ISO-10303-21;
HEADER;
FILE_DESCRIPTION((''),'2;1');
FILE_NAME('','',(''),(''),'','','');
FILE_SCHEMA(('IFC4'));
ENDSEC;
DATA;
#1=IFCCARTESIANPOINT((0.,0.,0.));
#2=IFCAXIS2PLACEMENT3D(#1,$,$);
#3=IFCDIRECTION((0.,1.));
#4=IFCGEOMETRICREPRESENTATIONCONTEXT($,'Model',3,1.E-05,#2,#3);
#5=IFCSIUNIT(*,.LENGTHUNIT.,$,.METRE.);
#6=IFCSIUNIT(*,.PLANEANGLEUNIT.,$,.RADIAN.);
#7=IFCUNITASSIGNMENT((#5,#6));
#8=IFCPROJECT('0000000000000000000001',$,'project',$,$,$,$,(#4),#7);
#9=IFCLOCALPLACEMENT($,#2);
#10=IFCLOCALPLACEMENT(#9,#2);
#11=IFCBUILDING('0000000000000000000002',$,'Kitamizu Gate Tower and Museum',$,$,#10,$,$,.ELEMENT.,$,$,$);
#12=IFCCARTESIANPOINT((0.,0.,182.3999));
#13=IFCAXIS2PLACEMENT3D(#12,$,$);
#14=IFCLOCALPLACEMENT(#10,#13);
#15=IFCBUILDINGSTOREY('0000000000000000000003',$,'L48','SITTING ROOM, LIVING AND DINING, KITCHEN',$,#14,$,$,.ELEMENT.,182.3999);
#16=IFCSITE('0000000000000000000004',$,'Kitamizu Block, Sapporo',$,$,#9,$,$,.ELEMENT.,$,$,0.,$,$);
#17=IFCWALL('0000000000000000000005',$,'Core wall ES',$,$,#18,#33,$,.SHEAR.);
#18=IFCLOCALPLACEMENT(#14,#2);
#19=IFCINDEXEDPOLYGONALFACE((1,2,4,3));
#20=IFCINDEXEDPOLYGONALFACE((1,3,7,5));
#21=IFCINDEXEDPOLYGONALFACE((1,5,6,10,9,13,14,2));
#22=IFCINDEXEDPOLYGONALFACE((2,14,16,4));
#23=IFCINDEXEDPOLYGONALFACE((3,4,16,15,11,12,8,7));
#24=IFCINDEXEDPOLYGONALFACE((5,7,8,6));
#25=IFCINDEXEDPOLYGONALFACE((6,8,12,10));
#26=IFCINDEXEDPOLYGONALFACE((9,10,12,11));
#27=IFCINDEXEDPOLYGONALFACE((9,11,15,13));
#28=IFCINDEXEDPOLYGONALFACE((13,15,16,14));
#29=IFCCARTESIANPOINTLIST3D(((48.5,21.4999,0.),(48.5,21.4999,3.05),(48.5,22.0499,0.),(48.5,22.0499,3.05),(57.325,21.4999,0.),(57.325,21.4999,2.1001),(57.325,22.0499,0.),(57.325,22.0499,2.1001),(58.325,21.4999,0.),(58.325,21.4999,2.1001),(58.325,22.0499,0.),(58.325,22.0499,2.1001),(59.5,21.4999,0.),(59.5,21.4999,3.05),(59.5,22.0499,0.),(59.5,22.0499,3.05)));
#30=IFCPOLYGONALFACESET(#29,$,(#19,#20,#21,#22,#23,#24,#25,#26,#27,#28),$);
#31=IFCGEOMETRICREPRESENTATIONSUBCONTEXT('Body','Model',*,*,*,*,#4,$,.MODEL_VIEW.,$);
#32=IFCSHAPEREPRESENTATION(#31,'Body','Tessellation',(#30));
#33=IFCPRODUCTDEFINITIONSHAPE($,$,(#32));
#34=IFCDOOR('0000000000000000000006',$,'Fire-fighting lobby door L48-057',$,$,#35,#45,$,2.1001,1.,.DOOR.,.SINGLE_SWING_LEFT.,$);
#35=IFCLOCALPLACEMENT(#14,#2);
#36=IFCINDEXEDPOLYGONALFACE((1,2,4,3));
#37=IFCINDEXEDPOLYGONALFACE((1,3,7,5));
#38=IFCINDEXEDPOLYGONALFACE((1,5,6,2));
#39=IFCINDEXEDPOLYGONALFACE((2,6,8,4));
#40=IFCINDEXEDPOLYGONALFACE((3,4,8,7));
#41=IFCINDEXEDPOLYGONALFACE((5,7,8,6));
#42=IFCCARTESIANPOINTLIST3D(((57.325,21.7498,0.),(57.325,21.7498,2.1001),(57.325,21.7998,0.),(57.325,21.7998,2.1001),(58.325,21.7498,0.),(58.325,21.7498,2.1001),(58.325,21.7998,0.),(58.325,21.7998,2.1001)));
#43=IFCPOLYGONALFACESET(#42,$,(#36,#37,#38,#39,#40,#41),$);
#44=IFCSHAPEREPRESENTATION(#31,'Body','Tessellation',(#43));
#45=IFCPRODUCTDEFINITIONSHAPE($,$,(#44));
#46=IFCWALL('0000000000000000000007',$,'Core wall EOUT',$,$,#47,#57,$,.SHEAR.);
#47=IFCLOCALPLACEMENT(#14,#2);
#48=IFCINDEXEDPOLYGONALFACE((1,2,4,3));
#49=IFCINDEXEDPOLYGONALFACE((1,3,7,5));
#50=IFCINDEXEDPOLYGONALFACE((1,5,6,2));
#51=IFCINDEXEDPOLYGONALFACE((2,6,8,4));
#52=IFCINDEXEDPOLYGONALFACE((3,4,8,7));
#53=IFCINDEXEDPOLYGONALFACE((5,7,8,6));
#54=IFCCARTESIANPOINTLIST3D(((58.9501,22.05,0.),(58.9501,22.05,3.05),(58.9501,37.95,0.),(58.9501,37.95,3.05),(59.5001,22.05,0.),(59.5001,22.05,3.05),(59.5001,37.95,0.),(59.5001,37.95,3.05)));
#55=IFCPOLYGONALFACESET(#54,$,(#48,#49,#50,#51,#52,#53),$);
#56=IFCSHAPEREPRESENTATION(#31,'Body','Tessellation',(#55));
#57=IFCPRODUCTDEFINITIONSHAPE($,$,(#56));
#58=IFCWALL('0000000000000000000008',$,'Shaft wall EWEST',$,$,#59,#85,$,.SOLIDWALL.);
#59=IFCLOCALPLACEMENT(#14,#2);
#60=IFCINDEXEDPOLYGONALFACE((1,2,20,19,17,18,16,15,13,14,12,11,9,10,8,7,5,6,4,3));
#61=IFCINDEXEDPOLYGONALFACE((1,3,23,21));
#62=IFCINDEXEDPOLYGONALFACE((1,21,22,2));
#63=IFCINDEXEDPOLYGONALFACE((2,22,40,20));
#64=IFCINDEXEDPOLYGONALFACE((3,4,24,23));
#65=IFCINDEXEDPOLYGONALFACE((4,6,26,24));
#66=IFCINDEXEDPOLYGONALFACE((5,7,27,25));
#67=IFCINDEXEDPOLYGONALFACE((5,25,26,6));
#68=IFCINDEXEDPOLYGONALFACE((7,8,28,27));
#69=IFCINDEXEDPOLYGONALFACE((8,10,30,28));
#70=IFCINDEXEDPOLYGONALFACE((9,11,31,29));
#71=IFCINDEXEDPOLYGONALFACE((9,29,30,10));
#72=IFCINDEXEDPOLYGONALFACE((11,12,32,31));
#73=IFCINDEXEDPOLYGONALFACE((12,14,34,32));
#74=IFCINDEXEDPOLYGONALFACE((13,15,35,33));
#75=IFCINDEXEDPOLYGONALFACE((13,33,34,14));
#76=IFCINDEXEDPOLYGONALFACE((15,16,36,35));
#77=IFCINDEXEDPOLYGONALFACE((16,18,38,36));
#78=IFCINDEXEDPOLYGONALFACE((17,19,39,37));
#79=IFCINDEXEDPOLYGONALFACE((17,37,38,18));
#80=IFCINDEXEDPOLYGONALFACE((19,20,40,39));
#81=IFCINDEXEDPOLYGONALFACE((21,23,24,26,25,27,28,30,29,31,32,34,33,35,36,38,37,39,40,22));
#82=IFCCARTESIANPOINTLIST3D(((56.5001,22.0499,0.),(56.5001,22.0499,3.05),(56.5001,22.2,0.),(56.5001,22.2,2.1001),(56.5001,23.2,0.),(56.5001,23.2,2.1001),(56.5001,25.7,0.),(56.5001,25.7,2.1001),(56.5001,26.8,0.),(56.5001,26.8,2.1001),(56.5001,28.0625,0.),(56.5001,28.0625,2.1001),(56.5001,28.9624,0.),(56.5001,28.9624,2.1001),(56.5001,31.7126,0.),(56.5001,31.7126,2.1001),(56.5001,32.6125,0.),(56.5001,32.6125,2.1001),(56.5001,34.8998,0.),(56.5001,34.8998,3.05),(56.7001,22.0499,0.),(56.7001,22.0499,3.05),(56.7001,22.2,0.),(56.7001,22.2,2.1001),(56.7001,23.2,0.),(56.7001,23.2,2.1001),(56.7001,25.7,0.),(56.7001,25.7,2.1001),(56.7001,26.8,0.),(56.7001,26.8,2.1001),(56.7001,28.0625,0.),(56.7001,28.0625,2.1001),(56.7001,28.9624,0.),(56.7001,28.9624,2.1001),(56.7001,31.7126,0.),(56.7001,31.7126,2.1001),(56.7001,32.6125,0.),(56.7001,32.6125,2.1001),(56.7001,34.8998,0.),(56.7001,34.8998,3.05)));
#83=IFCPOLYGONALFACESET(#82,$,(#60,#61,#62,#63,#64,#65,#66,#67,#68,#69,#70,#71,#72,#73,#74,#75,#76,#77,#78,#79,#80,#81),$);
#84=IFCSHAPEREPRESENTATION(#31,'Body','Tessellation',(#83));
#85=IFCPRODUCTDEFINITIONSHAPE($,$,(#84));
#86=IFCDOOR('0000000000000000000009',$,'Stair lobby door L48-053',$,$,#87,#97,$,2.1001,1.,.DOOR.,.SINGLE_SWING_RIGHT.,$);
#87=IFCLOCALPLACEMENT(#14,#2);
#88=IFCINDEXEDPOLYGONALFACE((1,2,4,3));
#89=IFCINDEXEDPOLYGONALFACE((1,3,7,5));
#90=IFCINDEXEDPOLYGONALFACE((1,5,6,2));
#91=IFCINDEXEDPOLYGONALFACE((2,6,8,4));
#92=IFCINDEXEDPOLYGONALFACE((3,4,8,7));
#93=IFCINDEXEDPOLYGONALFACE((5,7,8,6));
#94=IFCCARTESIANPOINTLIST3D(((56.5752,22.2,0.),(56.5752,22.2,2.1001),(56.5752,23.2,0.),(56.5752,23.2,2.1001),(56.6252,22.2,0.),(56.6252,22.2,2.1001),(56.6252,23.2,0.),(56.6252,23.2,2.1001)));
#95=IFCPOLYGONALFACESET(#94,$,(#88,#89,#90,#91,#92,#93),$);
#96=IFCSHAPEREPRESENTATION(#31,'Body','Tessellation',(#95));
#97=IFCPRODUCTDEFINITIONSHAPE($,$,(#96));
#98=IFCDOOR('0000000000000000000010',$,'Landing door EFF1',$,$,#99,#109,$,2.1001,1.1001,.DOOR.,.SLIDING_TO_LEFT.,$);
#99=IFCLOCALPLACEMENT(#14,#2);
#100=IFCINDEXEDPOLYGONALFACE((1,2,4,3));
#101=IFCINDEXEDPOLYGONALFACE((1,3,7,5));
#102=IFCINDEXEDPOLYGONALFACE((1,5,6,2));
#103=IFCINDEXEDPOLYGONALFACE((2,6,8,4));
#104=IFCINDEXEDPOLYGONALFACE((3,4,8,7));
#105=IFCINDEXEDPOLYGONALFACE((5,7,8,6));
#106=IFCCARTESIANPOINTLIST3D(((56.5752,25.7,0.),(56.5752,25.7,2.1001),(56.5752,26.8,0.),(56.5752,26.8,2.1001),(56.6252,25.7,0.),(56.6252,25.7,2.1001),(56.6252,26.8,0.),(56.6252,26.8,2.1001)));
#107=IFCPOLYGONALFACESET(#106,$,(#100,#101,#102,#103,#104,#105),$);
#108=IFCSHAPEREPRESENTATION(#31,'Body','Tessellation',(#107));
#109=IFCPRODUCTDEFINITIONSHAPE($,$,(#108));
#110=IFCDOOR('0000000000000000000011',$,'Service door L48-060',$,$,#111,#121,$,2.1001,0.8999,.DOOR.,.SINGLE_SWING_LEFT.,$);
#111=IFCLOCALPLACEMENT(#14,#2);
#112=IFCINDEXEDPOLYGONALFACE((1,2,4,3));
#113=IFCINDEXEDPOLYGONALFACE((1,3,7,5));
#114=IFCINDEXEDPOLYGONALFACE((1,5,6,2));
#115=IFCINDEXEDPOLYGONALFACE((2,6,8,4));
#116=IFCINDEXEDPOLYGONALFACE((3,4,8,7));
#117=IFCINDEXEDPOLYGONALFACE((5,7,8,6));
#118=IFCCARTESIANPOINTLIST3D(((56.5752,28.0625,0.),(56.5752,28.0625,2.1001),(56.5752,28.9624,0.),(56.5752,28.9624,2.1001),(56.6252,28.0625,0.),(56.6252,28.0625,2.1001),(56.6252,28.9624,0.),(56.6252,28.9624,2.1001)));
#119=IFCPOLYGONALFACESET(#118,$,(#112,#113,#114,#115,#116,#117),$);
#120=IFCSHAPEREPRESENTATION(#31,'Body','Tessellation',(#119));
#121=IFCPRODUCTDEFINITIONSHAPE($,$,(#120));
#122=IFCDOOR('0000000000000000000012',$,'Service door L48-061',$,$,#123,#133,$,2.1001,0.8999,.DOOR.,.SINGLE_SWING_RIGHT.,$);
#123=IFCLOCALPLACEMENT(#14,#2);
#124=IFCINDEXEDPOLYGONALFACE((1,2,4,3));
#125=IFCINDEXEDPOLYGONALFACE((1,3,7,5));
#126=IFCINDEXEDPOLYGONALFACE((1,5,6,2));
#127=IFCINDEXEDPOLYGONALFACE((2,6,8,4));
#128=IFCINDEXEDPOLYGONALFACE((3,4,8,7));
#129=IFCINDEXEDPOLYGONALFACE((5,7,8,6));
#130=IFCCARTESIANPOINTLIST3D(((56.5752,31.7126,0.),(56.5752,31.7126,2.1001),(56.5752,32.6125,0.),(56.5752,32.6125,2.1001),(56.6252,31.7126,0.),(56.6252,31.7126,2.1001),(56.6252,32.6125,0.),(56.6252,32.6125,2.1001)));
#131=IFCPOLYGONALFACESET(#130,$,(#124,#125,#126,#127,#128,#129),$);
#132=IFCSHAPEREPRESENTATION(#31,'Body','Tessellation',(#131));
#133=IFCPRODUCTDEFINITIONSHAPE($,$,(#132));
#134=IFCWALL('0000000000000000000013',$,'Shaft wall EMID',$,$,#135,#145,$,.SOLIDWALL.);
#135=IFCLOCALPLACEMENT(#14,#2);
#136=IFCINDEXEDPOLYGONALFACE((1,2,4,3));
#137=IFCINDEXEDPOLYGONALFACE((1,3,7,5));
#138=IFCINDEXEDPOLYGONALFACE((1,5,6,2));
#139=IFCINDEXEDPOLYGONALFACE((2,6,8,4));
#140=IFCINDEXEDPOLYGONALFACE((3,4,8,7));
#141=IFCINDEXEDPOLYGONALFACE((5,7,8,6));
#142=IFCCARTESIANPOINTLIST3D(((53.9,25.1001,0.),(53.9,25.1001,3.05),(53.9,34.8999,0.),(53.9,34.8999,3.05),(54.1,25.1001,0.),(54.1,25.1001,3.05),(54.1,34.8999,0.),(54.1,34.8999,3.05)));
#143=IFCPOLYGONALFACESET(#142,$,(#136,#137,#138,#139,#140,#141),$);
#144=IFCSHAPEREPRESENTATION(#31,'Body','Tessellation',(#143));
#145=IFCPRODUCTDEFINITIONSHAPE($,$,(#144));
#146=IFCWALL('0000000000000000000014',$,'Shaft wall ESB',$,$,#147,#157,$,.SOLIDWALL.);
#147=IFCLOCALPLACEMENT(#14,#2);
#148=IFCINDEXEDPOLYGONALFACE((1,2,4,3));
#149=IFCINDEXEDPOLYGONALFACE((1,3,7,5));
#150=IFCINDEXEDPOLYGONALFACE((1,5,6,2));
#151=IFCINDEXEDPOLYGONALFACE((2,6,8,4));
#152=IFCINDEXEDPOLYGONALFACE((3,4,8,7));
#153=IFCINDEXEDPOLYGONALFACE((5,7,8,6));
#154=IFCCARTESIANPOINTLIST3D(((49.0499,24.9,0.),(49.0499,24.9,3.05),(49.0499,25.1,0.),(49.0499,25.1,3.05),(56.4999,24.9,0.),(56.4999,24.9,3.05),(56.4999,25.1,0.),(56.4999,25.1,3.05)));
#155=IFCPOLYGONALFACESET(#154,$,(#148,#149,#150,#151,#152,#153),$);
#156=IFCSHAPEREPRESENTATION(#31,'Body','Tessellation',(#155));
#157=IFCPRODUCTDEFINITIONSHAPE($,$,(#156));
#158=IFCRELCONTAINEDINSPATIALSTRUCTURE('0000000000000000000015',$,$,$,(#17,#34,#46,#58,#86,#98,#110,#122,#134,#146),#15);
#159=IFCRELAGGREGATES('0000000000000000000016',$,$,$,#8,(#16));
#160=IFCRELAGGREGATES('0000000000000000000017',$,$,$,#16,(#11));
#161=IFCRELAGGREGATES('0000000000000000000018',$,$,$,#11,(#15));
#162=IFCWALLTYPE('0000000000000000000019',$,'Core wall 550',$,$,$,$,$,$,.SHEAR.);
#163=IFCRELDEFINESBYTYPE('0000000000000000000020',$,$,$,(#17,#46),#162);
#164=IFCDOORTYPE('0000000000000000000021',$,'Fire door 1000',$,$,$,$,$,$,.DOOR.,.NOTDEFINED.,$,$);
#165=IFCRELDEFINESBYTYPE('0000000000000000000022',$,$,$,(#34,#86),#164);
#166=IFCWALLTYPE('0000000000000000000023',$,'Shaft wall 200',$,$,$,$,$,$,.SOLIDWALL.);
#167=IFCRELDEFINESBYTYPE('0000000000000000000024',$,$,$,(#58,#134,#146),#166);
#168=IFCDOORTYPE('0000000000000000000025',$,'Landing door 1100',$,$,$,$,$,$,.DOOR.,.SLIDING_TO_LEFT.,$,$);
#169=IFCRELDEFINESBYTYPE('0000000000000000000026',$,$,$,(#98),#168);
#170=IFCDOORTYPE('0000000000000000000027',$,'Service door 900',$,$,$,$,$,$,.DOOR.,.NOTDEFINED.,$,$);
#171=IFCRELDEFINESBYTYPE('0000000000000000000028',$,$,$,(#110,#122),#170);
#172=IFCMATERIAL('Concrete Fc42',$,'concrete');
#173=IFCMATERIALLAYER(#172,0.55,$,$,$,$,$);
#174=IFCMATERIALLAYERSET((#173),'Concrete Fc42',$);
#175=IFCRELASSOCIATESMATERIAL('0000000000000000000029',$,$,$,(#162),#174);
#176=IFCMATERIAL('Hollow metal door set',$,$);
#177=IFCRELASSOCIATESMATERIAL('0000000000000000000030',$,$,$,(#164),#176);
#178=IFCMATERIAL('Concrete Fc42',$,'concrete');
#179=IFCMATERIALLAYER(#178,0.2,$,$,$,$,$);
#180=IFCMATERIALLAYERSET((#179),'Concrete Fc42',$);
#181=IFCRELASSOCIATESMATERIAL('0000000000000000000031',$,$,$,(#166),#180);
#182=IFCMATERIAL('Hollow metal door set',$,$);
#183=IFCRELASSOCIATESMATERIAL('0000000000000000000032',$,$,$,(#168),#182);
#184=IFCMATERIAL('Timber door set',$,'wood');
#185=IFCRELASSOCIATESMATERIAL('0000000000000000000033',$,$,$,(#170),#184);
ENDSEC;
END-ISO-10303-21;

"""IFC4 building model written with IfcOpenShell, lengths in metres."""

from ifc_helpers import new_model, si_unit, direction, frame, frame_2d, origin, place, context, subcontext, project, spatial, rectangle, extrude, material, layer, layer_set, type_object, element, fill, save


model = new_model("IFC4")

# Units and contexts
model_context = context("Model", 3, precision=1e-05, world=origin(), true_north=direction((0.0, 1.0)))
body_context = subcontext(model_context, "Body", "Model", "MODEL_VIEW")
ifc_project = project(units=[si_unit("LENGTHUNIT", "METRE"), si_unit("PLANEANGLEUNIT", "RADIAN")], contexts=[model_context])

# Site, building, storey
site_placement = place(None, origin())
site = spatial("IfcSite", under=ifc_project, at=site_placement, Name="Kitamizu Block, Sapporo", CompositionType="ELEMENT", RefElevation=0.0)
building_placement = place(site_placement, origin())
building = spatial("IfcBuilding", under=site, at=building_placement, Name="Kitamizu Gate Tower and Museum", CompositionType="ELEMENT")
storey_placement = place(building_placement, frame((0.0, 0.0, 182.3999)))
storey = spatial("IfcBuildingStorey", under=building, at=storey_placement, Name="L48", Description="SITTING ROOM, LIVING AND DINING, KITCHEN", CompositionType="ELEMENT", Elevation=182.3999)

# Wall, opening, door
ifc_material_1 = material(Name="Concrete Fc42", Category="concrete")
ifc_layer_1 = layer(ifc_material_1, 0.55)
ifc_layer_set_1 = layer_set([ifc_layer_1], Name="Concrete Fc42")
wall_type_1 = type_object("IfcWallType", Name="Core wall 550", PredefinedType="SHEAR", material=ifc_layer_set_1)
wall_1_placement = place(storey_placement, frame((59.5, 21.7749, 0.0), z_axis=(0.0, 0.0, 1.0), x_axis=(-1.0, 0.0, 0.0)))
wall_1 = element("IfcWall", 1, at=wall_1_placement, inside=storey, type_object=wall_type_1, Name="Core wall ES", PredefinedType="SHEAR", context=body_context, shape_type="SweptSolid", body=[
    extrude(rectangle(XDim=11.0, YDim=0.55, at=frame_2d((5.5, 0.0))), origin(), (0.0, 0.0, 1.0), 3.05),
])
opening_1_placement = place(wall_1_placement, frame((1.175, 0.0, 0.0)))
opening_1 = element("IfcOpeningElement", 2, at=opening_1_placement, cuts=wall_1, PredefinedType="OPENING", context=body_context, shape_type="SweptSolid", body=[
    extrude(rectangle(XDim=1.0, YDim=2.1001, at=frame_2d((0.5, 1.05))), frame((0.0, 0.2852, 0.0), z_axis=(0.0, -1.0, 0.0), x_axis=(1.0, 0.0, 0.0)), (0.0, 0.0, 1.0), 0.5701),
])
ifc_material_2 = material(Name="Hollow metal door set")
door_type_1 = type_object("IfcDoorType", Name="Fire door 1000", OperationType="NOTDEFINED", PredefinedType="DOOR", material=ifc_material_2)
door_1_placement = place(opening_1_placement, frame((1.0, 0.0, 0.0), x_axis=(-1.0, 0.0, 0.0)))
door_1 = element("IfcDoor", 3, at=door_1_placement, inside=storey, type_object=door_type_1, Name="Fire-fighting lobby door L48-057", OperationType="SINGLE_SWING_LEFT", OverallHeight=2.1001, OverallWidth=1.0, PredefinedType="DOOR", context=body_context, shape_type="SweptSolid", body=[
    extrude(rectangle(XDim=1.0, YDim=2.1001, at=frame_2d((0.5, 1.05))), frame((0.0, 0.0249, 0.0), z_axis=(0.0, -1.0, 0.0), x_axis=(1.0, 0.0, 0.0)), (0.0, 0.0, 1.0), 0.05),
])
fill(opening_1, door_1)

# Wall
wall_2_placement = place(storey_placement, frame((59.2251, 22.05, 0.0), z_axis=(0.0, 0.0, 1.0), x_axis=(0.0, 1.0, 0.0)))
element("IfcWall", 4, at=wall_2_placement, inside=storey, type_object=wall_type_1, Name="Core wall EOUT", PredefinedType="SHEAR", context=body_context, shape_type="SweptSolid", body=[
    extrude(rectangle(XDim=15.8999, YDim=0.55, at=frame_2d((7.95, 0.0))), origin(), (0.0, 0.0, 1.0), 3.05),
])

# Wall, openings, doors
ifc_material_3 = material(Name="Concrete Fc42", Category="concrete")
ifc_layer_2 = layer(ifc_material_3, 0.2)
ifc_layer_set_2 = layer_set([ifc_layer_2], Name="Concrete Fc42")
wall_type_2 = type_object("IfcWallType", Name="Shaft wall 200", PredefinedType="SOLIDWALL", material=ifc_layer_set_2)
wall_3_placement = place(storey_placement, frame((56.6001, 22.05, 0.0), z_axis=(0.0, 0.0, 1.0), x_axis=(0.0, 1.0, 0.0)))
wall_3 = element("IfcWall", 5, at=wall_3_placement, inside=storey, type_object=wall_type_2, Name="Shaft wall EWEST", PredefinedType="SOLIDWALL", context=body_context, shape_type="SweptSolid", body=[
    extrude(rectangle(XDim=12.8499, YDim=0.2, at=frame_2d((6.4248, 0.0))), origin(), (0.0, 0.0, 1.0), 3.05),
])
opening_2_placement = place(wall_3_placement, frame((3.6499, 0.0, 0.0)))
opening_2 = element("IfcOpeningElement", 6, at=opening_2_placement, cuts=wall_3, PredefinedType="OPENING", context=body_context, shape_type="SweptSolid", body=[
    extrude(rectangle(XDim=1.1001, YDim=2.1001, at=frame_2d((0.55, 1.05))), frame((0.0, 0.1099, 0.0), z_axis=(0.0, -1.0, 0.0), x_axis=(1.0, 0.0, 0.0)), (0.0, 0.0, 1.0), 0.22),
])
opening_3_placement = place(wall_3_placement, frame((0.1499, 0.0, 0.0)))
opening_3 = element("IfcOpeningElement", 7, at=opening_3_placement, cuts=wall_3, PredefinedType="OPENING", context=body_context, shape_type="SweptSolid", body=[
    extrude(rectangle(XDim=1.0, YDim=2.1001, at=frame_2d((0.5, 1.05))), frame((0.0, 0.1099, 0.0), z_axis=(0.0, -1.0, 0.0), x_axis=(1.0, 0.0, 0.0)), (0.0, 0.0, 1.0), 0.22),
])
opening_4_placement = place(wall_3_placement, frame((6.0125, 0.0, 0.0)))
opening_4 = element("IfcOpeningElement", 8, at=opening_4_placement, cuts=wall_3, PredefinedType="OPENING", context=body_context, shape_type="SweptSolid", body=[
    extrude(rectangle(XDim=0.8999, YDim=2.1001, at=frame_2d((0.45, 1.05))), frame((0.0, 0.1099, 0.0), z_axis=(0.0, -1.0, 0.0), x_axis=(1.0, 0.0, 0.0)), (0.0, 0.0, 1.0), 0.22),
])
opening_5_placement = place(wall_3_placement, frame((9.6626, 0.0, 0.0)))
opening_5 = element("IfcOpeningElement", 9, at=opening_5_placement, cuts=wall_3, PredefinedType="OPENING", context=body_context, shape_type="SweptSolid", body=[
    extrude(rectangle(XDim=0.8999, YDim=2.1001, at=frame_2d((0.45, 1.05))), frame((0.0, 0.1099, 0.0), z_axis=(0.0, -1.0, 0.0), x_axis=(1.0, 0.0, 0.0)), (0.0, 0.0, 1.0), 0.22),
])
door_2_placement = place(opening_3_placement, origin())
door_2 = element("IfcDoor", 10, at=door_2_placement, inside=storey, type_object=door_type_1, Name="Stair lobby door L48-053", OperationType="SINGLE_SWING_RIGHT", OverallHeight=2.1001, OverallWidth=1.0, PredefinedType="DOOR", context=body_context, shape_type="SweptSolid", body=[
    extrude(rectangle(XDim=1.0, YDim=2.1001, at=frame_2d((0.5, 1.05))), frame((0.0, 0.0249, 0.0), z_axis=(0.0, -1.0, 0.0), x_axis=(1.0, 0.0, 0.0)), (0.0, 0.0, 1.0), 0.05),
])
fill(opening_3, door_2)
ifc_material_4 = material(Name="Hollow metal door set")
door_type_2 = type_object("IfcDoorType", Name="Landing door 1100", OperationType="SLIDING_TO_LEFT", PredefinedType="DOOR", material=ifc_material_4)
door_3_placement = place(opening_2_placement, origin())
door_3 = element("IfcDoor", 11, at=door_3_placement, inside=storey, type_object=door_type_2, Name="Landing door EFF1", OperationType="SLIDING_TO_LEFT", OverallHeight=2.1001, OverallWidth=1.1001, PredefinedType="DOOR", context=body_context, shape_type="SweptSolid", body=[
    extrude(rectangle(XDim=1.1001, YDim=2.1001, at=frame_2d((0.55, 1.05))), frame((0.0, 0.0249, 0.0), z_axis=(0.0, -1.0, 0.0), x_axis=(1.0, 0.0, 0.0)), (0.0, 0.0, 1.0), 0.05),
])
fill(opening_2, door_3)
ifc_material_5 = material(Name="Timber door set", Category="wood")
door_type_3 = type_object("IfcDoorType", Name="Service door 900", OperationType="NOTDEFINED", PredefinedType="DOOR", material=ifc_material_5)
door_4_placement = place(opening_4_placement, origin())
door_4 = element("IfcDoor", 12, at=door_4_placement, inside=storey, type_object=door_type_3, Name="Service door L48-060", OperationType="SINGLE_SWING_LEFT", OverallHeight=2.1001, OverallWidth=0.8999, PredefinedType="DOOR", context=body_context, shape_type="SweptSolid", body=[
    extrude(rectangle(XDim=0.8999, YDim=2.1001, at=frame_2d((0.45, 1.05))), frame((0.0, 0.0249, 0.0), z_axis=(0.0, -1.0, 0.0), x_axis=(1.0, 0.0, 0.0)), (0.0, 0.0, 1.0), 0.05),
])
fill(opening_4, door_4)
door_5_placement = place(opening_5_placement, origin())
door_5 = element("IfcDoor", 13, at=door_5_placement, inside=storey, type_object=door_type_3, Name="Service door L48-061", OperationType="SINGLE_SWING_RIGHT", OverallHeight=2.1001, OverallWidth=0.8999, PredefinedType="DOOR", context=body_context, shape_type="SweptSolid", body=[
    extrude(rectangle(XDim=0.8999, YDim=2.1001, at=frame_2d((0.45, 1.05))), frame((0.0, 0.0249, 0.0), z_axis=(0.0, -1.0, 0.0), x_axis=(1.0, 0.0, 0.0)), (0.0, 0.0, 1.0), 0.05),
])
fill(opening_5, door_5)

# Walls
wall_4_placement = place(storey_placement, frame((54.0, 25.1001, 0.0), z_axis=(0.0, 0.0, 1.0), x_axis=(0.0, 1.0, 0.0)))
element("IfcWall", 14, at=wall_4_placement, inside=storey, type_object=wall_type_2, Name="Shaft wall EMID", PredefinedType="SOLIDWALL", context=body_context, shape_type="SweptSolid", body=[
    extrude(rectangle(XDim=9.7998, YDim=0.2, at=frame_2d((4.8999, 0.0))), origin(), (0.0, 0.0, 1.0), 3.05),
])
wall_5_placement = place(storey_placement, frame((56.5, 25.0, 0.0), z_axis=(0.0, 0.0, 1.0), x_axis=(-1.0, 0.0, 0.0)))
element("IfcWall", 15, at=wall_5_placement, inside=storey, type_object=wall_type_2, Name="Shaft wall ESB", PredefinedType="SOLIDWALL", context=body_context, shape_type="SweptSolid", body=[
    extrude(rectangle(XDim=7.45, YDim=0.2, at=frame_2d((3.7251, 0.0))), origin(), (0.0, 0.0, 1.0), 3.05),
])

save(model, "model.ifc")
